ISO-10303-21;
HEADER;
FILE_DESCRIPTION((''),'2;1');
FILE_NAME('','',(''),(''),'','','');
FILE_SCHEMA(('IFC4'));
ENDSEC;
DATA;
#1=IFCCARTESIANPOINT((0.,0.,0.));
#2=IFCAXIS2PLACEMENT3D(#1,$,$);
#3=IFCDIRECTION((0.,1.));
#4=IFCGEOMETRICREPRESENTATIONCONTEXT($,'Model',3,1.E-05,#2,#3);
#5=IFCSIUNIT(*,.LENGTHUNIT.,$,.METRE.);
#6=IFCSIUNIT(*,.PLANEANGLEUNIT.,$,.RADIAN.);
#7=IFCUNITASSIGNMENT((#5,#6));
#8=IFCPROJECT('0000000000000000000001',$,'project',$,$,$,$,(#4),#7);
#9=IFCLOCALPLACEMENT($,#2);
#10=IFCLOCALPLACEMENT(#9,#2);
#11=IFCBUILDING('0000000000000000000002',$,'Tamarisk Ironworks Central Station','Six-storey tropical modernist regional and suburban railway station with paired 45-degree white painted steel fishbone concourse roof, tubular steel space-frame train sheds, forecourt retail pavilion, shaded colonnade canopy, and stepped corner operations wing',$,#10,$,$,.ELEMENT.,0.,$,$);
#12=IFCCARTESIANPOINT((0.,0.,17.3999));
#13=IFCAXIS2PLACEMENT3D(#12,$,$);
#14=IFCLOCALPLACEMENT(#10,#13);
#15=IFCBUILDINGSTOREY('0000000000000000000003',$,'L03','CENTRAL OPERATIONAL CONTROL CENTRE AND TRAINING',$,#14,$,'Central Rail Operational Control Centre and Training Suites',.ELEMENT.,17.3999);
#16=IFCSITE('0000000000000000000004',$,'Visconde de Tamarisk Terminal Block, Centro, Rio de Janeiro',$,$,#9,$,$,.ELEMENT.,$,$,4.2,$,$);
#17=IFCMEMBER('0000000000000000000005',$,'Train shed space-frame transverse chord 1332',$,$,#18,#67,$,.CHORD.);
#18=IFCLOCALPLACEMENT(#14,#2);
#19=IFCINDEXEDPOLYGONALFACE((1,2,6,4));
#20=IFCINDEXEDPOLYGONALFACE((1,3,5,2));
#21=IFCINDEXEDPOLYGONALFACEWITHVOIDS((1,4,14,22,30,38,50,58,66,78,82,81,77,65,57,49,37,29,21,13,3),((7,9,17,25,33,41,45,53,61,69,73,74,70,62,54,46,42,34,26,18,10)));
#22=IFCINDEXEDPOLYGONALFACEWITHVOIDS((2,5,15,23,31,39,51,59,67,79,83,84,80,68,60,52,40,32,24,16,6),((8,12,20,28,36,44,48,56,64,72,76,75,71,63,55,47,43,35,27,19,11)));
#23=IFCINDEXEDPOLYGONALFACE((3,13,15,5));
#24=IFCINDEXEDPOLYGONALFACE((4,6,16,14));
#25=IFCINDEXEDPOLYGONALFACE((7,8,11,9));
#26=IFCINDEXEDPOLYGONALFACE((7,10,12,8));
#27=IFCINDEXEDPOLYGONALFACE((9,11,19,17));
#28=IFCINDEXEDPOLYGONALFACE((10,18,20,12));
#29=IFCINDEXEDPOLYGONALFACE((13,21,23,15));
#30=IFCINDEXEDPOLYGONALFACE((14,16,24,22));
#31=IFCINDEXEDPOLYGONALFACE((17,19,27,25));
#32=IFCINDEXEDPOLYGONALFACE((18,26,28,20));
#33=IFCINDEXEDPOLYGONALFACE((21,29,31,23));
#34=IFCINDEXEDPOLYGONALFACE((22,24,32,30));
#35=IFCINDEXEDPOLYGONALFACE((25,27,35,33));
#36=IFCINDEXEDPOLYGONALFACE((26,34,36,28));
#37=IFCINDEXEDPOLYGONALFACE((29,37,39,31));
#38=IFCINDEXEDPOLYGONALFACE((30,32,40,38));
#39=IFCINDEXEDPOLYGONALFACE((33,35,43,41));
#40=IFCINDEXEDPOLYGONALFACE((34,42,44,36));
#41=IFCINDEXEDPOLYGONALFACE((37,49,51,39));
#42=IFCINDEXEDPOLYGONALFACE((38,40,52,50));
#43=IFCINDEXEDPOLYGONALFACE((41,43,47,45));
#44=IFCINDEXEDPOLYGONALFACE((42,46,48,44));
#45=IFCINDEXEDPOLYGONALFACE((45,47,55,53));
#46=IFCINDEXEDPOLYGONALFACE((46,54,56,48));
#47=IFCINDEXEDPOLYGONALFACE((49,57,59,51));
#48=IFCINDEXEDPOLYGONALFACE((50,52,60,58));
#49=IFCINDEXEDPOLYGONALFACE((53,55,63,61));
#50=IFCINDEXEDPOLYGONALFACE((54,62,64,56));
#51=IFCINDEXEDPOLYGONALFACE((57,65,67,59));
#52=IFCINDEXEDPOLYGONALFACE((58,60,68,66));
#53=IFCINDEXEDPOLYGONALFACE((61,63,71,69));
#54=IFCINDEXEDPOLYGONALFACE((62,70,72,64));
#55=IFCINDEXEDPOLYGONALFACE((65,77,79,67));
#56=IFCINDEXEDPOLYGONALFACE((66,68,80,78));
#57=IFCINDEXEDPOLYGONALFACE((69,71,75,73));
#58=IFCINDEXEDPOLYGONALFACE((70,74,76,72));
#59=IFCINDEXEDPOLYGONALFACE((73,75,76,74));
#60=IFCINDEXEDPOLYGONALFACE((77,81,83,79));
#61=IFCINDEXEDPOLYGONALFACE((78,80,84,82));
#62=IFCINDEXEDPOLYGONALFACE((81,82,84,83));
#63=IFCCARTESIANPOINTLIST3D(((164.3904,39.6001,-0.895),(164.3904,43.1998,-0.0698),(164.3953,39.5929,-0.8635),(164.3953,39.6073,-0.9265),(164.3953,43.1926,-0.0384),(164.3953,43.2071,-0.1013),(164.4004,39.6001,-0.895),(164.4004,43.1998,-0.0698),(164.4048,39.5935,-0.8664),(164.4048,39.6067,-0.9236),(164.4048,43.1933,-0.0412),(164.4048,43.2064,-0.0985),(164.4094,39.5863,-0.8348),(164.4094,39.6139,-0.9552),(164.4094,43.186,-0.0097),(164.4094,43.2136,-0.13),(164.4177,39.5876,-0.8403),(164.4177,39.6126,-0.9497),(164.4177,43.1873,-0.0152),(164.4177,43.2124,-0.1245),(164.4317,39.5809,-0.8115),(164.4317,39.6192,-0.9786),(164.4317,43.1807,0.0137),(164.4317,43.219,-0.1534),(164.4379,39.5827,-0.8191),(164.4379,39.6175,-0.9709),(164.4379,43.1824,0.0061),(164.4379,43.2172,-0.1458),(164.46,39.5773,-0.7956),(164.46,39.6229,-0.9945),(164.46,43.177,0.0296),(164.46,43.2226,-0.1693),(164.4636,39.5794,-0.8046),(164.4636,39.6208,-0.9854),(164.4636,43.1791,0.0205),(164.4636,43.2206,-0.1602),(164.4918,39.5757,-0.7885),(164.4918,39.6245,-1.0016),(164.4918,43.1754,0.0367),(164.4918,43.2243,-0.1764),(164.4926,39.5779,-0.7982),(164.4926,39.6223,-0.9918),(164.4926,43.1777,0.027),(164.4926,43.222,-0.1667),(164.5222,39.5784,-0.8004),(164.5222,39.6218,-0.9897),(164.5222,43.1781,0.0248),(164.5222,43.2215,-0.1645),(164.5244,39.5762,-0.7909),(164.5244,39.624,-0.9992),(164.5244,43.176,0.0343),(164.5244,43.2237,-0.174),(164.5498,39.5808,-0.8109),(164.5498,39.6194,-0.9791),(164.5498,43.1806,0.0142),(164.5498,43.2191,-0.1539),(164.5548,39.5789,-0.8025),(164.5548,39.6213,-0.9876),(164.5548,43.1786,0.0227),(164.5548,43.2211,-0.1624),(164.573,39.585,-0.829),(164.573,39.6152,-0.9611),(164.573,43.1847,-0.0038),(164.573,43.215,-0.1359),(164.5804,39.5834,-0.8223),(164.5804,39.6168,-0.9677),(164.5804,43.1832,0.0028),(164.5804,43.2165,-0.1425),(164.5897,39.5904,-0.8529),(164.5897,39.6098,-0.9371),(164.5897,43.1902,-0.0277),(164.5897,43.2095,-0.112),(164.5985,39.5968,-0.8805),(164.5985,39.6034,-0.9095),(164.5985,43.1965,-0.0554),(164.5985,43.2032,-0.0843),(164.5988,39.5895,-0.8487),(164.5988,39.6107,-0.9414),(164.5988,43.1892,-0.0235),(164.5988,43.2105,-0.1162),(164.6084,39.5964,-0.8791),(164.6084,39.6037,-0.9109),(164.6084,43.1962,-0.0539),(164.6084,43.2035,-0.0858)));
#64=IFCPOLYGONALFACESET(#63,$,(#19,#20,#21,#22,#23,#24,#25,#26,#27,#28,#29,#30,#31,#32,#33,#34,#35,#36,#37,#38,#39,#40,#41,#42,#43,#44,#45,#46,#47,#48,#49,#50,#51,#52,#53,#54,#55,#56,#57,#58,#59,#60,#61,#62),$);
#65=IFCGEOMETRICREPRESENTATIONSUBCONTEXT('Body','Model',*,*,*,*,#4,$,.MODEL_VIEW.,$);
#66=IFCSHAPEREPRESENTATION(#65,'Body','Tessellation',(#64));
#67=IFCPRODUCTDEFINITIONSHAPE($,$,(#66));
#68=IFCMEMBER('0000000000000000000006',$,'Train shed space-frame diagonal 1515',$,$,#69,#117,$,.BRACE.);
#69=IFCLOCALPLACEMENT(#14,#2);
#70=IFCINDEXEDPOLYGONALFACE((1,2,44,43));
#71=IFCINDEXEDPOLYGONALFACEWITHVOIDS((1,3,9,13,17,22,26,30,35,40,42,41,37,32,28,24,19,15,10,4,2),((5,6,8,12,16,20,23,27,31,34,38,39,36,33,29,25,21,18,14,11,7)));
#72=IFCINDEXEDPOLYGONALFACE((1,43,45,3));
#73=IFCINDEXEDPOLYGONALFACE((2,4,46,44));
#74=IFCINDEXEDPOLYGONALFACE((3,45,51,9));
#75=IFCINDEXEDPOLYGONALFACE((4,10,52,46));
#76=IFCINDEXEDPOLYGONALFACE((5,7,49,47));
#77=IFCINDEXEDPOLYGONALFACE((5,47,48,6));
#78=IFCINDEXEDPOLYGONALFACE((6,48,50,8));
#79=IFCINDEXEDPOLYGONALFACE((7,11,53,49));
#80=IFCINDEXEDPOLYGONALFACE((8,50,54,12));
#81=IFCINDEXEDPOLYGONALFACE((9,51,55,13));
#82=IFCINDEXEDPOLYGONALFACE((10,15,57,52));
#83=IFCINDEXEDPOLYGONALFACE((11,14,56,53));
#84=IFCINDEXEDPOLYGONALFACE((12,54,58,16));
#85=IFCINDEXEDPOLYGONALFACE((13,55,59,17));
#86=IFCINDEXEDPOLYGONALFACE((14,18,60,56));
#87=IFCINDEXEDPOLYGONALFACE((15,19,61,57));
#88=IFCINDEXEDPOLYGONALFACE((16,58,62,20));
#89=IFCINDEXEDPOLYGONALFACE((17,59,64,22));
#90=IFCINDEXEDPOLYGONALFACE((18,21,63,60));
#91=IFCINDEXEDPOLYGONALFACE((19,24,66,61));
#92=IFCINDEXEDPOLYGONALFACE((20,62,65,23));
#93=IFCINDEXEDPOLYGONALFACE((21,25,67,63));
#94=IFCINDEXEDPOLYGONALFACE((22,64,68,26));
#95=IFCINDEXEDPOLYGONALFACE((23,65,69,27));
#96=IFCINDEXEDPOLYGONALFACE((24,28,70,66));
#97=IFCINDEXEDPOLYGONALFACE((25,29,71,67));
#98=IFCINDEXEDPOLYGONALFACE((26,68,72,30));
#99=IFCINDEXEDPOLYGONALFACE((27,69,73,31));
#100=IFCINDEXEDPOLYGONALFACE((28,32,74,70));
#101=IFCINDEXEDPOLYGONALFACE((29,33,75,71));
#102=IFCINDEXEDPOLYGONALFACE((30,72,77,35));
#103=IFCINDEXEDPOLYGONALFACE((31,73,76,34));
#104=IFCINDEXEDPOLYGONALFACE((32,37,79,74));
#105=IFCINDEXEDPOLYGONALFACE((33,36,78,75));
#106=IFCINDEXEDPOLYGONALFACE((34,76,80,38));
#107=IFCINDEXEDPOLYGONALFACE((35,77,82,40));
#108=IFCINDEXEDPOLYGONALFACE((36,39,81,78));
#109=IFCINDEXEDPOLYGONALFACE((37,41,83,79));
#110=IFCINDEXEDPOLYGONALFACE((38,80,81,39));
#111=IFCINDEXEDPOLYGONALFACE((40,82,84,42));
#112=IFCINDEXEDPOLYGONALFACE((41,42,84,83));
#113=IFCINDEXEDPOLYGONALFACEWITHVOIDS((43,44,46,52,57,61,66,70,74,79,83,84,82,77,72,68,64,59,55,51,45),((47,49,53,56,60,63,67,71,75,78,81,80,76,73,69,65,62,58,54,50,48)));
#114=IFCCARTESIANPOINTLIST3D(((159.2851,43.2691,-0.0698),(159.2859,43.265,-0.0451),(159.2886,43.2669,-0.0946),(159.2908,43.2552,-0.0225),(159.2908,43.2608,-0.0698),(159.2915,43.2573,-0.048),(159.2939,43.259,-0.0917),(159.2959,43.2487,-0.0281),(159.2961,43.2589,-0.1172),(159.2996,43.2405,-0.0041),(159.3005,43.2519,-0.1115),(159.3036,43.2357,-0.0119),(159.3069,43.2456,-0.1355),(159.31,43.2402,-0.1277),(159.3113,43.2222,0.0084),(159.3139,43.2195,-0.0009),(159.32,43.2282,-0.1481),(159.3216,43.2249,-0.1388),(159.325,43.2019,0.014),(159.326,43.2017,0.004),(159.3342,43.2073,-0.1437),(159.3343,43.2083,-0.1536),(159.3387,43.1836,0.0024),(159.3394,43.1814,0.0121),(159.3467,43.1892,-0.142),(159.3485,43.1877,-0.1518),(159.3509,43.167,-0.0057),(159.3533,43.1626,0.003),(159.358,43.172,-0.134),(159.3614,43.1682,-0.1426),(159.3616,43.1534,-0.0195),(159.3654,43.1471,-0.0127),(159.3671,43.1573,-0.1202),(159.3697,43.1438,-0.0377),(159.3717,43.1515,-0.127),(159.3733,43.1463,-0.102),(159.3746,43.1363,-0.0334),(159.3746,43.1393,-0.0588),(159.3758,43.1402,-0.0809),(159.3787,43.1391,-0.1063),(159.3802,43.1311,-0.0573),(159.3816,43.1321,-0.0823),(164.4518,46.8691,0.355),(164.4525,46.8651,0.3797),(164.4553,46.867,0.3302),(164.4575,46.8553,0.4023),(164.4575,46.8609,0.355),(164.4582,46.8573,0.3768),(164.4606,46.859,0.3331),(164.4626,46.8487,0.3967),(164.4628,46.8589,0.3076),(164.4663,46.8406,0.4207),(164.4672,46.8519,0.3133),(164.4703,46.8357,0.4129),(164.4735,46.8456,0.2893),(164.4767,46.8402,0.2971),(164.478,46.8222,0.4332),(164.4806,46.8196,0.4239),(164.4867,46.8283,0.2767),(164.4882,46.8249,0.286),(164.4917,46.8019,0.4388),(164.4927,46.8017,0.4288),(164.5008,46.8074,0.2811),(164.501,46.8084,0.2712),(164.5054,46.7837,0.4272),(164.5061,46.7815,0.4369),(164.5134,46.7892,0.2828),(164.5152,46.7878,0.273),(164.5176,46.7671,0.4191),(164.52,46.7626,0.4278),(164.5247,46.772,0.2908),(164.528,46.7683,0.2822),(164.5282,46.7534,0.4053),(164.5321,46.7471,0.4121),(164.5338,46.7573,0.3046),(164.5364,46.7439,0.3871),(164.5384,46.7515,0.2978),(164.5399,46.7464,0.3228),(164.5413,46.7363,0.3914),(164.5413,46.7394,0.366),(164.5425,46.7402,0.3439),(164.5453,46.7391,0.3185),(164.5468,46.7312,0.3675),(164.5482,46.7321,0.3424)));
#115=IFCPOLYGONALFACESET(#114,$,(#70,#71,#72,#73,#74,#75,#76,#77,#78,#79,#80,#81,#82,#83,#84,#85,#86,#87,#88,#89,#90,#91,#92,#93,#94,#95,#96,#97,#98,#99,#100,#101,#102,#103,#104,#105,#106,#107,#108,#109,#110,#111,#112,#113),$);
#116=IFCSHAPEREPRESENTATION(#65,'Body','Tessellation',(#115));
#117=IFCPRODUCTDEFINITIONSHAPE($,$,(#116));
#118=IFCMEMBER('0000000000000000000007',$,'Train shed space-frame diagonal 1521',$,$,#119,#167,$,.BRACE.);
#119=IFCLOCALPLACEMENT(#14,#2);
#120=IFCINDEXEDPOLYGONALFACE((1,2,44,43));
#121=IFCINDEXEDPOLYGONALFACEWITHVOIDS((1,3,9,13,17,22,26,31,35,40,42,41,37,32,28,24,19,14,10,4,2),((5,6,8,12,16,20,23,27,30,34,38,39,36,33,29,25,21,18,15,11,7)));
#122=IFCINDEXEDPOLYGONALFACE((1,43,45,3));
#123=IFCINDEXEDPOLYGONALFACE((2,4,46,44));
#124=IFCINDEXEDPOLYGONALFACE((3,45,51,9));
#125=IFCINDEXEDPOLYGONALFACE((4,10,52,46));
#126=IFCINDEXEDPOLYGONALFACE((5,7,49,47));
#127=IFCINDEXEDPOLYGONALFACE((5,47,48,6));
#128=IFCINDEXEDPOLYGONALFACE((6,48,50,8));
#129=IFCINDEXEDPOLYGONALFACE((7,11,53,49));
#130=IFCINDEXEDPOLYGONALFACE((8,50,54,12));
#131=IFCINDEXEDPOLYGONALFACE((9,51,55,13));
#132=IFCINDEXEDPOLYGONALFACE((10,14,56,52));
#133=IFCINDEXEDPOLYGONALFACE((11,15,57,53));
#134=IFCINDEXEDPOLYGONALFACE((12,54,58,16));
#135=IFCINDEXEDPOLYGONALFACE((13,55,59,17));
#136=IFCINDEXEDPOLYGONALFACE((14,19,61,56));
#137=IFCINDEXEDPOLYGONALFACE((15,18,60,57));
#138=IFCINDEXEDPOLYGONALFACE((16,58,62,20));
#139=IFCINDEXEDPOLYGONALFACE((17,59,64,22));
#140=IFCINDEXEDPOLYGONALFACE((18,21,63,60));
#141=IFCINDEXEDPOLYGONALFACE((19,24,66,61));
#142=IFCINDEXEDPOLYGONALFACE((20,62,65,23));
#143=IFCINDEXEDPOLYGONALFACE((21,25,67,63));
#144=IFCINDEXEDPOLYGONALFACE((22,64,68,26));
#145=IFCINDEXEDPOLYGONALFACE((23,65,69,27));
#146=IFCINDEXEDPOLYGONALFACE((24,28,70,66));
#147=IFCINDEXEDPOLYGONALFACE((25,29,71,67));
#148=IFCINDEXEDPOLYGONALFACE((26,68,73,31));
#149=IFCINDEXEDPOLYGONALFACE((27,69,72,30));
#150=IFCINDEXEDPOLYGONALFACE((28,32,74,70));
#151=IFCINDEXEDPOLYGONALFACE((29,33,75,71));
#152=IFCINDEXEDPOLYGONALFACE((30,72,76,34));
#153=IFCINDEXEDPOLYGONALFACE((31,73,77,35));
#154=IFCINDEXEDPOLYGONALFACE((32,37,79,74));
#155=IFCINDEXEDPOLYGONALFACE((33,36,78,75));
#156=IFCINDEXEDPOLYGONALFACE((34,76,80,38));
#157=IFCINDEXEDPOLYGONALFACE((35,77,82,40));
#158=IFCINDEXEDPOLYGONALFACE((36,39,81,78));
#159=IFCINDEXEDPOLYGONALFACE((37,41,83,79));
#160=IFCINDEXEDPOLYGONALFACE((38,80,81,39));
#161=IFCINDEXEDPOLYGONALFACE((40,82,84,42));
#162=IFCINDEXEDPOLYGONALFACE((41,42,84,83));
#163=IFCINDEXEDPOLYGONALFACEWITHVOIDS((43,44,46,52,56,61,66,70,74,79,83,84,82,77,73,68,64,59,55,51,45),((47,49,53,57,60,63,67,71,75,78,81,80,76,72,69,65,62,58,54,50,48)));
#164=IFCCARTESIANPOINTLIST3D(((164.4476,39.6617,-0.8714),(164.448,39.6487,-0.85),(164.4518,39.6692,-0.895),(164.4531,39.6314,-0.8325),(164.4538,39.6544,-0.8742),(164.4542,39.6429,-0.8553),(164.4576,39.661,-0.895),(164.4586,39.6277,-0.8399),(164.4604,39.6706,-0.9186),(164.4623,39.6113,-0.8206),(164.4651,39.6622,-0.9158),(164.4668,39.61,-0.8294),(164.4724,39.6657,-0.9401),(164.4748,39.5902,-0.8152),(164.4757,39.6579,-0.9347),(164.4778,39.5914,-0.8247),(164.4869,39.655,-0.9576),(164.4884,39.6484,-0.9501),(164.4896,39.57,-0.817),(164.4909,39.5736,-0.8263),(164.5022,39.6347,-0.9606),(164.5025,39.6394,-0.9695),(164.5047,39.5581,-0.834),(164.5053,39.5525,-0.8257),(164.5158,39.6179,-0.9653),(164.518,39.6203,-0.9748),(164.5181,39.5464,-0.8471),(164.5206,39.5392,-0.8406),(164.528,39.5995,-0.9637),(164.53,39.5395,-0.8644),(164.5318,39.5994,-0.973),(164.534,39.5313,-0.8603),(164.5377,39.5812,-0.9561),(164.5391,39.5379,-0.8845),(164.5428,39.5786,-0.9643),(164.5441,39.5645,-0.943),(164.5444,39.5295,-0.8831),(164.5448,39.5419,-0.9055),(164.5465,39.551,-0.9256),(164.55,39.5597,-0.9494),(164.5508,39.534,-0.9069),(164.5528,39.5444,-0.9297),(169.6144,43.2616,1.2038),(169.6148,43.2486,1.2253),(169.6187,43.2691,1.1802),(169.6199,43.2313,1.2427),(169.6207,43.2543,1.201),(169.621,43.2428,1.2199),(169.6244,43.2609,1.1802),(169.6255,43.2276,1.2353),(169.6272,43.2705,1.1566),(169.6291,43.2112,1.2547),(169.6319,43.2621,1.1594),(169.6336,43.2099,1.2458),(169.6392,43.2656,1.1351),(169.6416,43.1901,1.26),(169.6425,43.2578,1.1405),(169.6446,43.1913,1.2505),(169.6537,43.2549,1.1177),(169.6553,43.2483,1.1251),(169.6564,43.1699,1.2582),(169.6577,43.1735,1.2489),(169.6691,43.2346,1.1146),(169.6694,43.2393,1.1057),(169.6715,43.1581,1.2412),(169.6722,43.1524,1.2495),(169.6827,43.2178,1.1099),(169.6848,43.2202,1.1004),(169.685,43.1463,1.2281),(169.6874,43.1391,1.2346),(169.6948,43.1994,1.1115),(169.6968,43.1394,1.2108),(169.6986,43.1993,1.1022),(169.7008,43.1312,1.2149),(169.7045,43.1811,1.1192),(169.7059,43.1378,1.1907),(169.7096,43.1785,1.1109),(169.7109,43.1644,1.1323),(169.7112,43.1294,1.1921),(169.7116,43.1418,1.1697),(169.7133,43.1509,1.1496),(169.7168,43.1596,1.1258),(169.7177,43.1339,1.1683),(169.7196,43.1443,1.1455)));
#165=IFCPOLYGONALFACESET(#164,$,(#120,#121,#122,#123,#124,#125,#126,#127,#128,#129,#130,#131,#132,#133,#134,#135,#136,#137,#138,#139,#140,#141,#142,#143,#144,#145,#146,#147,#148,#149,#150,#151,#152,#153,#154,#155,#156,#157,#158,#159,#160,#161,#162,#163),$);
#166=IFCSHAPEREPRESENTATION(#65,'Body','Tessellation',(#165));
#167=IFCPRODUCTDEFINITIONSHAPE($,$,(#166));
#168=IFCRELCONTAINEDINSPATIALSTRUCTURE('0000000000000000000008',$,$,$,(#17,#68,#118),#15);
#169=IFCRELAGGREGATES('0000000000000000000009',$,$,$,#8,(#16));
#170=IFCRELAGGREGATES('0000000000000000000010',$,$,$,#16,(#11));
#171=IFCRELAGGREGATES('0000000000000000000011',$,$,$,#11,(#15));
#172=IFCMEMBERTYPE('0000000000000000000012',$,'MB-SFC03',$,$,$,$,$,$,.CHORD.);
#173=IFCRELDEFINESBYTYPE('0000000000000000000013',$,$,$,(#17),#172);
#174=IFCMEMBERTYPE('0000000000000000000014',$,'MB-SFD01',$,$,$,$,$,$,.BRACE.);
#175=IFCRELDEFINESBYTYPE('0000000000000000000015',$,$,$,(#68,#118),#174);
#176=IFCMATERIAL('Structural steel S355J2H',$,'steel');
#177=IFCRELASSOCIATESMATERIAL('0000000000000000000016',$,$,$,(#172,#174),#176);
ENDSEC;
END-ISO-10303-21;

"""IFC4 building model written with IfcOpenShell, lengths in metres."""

from ifc_helpers import new_model, si_unit, direction, frame, origin, origin_2d, place, context, subcontext, project, spatial, hollow_circle, extrude, material, material_profile, profile_set, type_object, element, save


model = new_model("IFC4")

# Units and contexts
model_context = context("Model", 3, precision=1e-05, world=origin(), true_north=direction((0.0, 1.0)))
body_context = subcontext(model_context, "Body", "Model", "MODEL_VIEW")
ifc_project = project(units=[si_unit("LENGTHUNIT", "METRE"), si_unit("PLANEANGLEUNIT", "RADIAN")], contexts=[model_context])

# Site, building, storey
site_placement = place(None, origin())
site = spatial("IfcSite", under=ifc_project, at=site_placement, Name="Visconde de Tamarisk Terminal Block, Centro, Rio de Janeiro", CompositionType="ELEMENT", RefElevation=4.2)
building_placement = place(site_placement, origin())
building = spatial("IfcBuilding", under=site, at=building_placement, Name="Tamarisk Ironworks Central Station", Description="Six-storey tropical modernist regional and suburban railway station with paired 45-degree white painted steel fishbone concourse roof, tubular steel space-frame train sheds, forecourt retail pavilion, shaded colonnade canopy, and stepped corner operations wing", CompositionType="ELEMENT", ElevationOfRefHeight=0.0)
storey_placement = place(building_placement, frame((0.0, 0.0, 17.3999)))
storey = spatial("IfcBuildingStorey", under=building, at=storey_placement, Name="L03", Description="CENTRAL OPERATIONAL CONTROL CENTRE AND TRAINING", LongName="Central Rail Operational Control Centre and Training Suites", CompositionType="ELEMENT", Elevation=17.3999)

# Members
ifc_material = material(Name="Structural steel S355J2H", Category="steel")
ifc_material_profile_1 = material_profile(ifc_material, hollow_circle(Radius=0.1096, WallThickness=0.01, at=origin_2d()), Name="CHS 219.1x10")
ifc_profile_set_1 = profile_set([ifc_material_profile_1], Name="Structural steel S355J2H")
member_type_1 = type_object("IfcMemberType", Name="MB-SFC03", PredefinedType="CHORD", material=ifc_profile_set_1)
for number, where, z_axis, x_axis, name in (
    (1, (164.5, 39.6001, -0.895), (0.0, 0.974719, 0.223435), (-1.0, 0.0, 0.0), "Train shed space-frame transverse chord 1332"),
):
    element("IfcMember", number, at=place(storey_placement, frame(where, z_axis=z_axis, x_axis=x_axis)), inside=storey, type_object=member_type_1, Name=name, PredefinedType="CHORD", context=body_context, shape_type="SweptSolid", body=[
        extrude(hollow_circle(Radius=0.1096, WallThickness=0.01, at=origin_2d()), origin(), (0.0, 0.0, 1.0), 3.6931),
    ])
ifc_material_profile_2 = material_profile(ifc_material, hollow_circle(Radius=0.0842, WallThickness=0.01, at=origin_2d()), Name="CHS 168.3x10")
ifc_profile_set_2 = profile_set([ifc_material_profile_2], Name="Structural steel S355J2H")
member_type_2 = type_object("IfcMemberType", Name="MB-SFD01", PredefinedType="BRACE", material=ifc_profile_set_2)
member_1_placement = place(storey_placement, frame((159.3333, 43.2, -0.0698), z_axis=(0.81861, 0.570393, 0.067305), x_axis=(-0.571689, 0.82047, 0.0)))
element("IfcMember", 2, at=member_1_placement, inside=storey, type_object=member_type_2, Name="Train shed space-frame diagonal 1515", PredefinedType="BRACE", context=body_context, shape_type="SweptSolid", body=[
    extrude(hollow_circle(Radius=0.0842, WallThickness=0.01, at=origin_2d()), origin(), (0.0, 0.0, 1.0), 6.3115),
])
member_2_placement = place(storey_placement, frame((164.5, 39.6001, -0.895), z_axis=(0.779265, 0.542941, 0.312987), x_axis=(-0.571663, 0.820489, 0.0)))
element("IfcMember", 3, at=member_2_placement, inside=storey, type_object=member_type_2, Name="Train shed space-frame diagonal 1521", PredefinedType="BRACE", context=body_context, shape_type="SweptSolid", body=[
    extrude(hollow_circle(Radius=0.0842, WallThickness=0.01, at=origin_2d()), origin(), (0.0, 0.0, 1.0), 6.6304),
])

save(model, "model.ifc")
